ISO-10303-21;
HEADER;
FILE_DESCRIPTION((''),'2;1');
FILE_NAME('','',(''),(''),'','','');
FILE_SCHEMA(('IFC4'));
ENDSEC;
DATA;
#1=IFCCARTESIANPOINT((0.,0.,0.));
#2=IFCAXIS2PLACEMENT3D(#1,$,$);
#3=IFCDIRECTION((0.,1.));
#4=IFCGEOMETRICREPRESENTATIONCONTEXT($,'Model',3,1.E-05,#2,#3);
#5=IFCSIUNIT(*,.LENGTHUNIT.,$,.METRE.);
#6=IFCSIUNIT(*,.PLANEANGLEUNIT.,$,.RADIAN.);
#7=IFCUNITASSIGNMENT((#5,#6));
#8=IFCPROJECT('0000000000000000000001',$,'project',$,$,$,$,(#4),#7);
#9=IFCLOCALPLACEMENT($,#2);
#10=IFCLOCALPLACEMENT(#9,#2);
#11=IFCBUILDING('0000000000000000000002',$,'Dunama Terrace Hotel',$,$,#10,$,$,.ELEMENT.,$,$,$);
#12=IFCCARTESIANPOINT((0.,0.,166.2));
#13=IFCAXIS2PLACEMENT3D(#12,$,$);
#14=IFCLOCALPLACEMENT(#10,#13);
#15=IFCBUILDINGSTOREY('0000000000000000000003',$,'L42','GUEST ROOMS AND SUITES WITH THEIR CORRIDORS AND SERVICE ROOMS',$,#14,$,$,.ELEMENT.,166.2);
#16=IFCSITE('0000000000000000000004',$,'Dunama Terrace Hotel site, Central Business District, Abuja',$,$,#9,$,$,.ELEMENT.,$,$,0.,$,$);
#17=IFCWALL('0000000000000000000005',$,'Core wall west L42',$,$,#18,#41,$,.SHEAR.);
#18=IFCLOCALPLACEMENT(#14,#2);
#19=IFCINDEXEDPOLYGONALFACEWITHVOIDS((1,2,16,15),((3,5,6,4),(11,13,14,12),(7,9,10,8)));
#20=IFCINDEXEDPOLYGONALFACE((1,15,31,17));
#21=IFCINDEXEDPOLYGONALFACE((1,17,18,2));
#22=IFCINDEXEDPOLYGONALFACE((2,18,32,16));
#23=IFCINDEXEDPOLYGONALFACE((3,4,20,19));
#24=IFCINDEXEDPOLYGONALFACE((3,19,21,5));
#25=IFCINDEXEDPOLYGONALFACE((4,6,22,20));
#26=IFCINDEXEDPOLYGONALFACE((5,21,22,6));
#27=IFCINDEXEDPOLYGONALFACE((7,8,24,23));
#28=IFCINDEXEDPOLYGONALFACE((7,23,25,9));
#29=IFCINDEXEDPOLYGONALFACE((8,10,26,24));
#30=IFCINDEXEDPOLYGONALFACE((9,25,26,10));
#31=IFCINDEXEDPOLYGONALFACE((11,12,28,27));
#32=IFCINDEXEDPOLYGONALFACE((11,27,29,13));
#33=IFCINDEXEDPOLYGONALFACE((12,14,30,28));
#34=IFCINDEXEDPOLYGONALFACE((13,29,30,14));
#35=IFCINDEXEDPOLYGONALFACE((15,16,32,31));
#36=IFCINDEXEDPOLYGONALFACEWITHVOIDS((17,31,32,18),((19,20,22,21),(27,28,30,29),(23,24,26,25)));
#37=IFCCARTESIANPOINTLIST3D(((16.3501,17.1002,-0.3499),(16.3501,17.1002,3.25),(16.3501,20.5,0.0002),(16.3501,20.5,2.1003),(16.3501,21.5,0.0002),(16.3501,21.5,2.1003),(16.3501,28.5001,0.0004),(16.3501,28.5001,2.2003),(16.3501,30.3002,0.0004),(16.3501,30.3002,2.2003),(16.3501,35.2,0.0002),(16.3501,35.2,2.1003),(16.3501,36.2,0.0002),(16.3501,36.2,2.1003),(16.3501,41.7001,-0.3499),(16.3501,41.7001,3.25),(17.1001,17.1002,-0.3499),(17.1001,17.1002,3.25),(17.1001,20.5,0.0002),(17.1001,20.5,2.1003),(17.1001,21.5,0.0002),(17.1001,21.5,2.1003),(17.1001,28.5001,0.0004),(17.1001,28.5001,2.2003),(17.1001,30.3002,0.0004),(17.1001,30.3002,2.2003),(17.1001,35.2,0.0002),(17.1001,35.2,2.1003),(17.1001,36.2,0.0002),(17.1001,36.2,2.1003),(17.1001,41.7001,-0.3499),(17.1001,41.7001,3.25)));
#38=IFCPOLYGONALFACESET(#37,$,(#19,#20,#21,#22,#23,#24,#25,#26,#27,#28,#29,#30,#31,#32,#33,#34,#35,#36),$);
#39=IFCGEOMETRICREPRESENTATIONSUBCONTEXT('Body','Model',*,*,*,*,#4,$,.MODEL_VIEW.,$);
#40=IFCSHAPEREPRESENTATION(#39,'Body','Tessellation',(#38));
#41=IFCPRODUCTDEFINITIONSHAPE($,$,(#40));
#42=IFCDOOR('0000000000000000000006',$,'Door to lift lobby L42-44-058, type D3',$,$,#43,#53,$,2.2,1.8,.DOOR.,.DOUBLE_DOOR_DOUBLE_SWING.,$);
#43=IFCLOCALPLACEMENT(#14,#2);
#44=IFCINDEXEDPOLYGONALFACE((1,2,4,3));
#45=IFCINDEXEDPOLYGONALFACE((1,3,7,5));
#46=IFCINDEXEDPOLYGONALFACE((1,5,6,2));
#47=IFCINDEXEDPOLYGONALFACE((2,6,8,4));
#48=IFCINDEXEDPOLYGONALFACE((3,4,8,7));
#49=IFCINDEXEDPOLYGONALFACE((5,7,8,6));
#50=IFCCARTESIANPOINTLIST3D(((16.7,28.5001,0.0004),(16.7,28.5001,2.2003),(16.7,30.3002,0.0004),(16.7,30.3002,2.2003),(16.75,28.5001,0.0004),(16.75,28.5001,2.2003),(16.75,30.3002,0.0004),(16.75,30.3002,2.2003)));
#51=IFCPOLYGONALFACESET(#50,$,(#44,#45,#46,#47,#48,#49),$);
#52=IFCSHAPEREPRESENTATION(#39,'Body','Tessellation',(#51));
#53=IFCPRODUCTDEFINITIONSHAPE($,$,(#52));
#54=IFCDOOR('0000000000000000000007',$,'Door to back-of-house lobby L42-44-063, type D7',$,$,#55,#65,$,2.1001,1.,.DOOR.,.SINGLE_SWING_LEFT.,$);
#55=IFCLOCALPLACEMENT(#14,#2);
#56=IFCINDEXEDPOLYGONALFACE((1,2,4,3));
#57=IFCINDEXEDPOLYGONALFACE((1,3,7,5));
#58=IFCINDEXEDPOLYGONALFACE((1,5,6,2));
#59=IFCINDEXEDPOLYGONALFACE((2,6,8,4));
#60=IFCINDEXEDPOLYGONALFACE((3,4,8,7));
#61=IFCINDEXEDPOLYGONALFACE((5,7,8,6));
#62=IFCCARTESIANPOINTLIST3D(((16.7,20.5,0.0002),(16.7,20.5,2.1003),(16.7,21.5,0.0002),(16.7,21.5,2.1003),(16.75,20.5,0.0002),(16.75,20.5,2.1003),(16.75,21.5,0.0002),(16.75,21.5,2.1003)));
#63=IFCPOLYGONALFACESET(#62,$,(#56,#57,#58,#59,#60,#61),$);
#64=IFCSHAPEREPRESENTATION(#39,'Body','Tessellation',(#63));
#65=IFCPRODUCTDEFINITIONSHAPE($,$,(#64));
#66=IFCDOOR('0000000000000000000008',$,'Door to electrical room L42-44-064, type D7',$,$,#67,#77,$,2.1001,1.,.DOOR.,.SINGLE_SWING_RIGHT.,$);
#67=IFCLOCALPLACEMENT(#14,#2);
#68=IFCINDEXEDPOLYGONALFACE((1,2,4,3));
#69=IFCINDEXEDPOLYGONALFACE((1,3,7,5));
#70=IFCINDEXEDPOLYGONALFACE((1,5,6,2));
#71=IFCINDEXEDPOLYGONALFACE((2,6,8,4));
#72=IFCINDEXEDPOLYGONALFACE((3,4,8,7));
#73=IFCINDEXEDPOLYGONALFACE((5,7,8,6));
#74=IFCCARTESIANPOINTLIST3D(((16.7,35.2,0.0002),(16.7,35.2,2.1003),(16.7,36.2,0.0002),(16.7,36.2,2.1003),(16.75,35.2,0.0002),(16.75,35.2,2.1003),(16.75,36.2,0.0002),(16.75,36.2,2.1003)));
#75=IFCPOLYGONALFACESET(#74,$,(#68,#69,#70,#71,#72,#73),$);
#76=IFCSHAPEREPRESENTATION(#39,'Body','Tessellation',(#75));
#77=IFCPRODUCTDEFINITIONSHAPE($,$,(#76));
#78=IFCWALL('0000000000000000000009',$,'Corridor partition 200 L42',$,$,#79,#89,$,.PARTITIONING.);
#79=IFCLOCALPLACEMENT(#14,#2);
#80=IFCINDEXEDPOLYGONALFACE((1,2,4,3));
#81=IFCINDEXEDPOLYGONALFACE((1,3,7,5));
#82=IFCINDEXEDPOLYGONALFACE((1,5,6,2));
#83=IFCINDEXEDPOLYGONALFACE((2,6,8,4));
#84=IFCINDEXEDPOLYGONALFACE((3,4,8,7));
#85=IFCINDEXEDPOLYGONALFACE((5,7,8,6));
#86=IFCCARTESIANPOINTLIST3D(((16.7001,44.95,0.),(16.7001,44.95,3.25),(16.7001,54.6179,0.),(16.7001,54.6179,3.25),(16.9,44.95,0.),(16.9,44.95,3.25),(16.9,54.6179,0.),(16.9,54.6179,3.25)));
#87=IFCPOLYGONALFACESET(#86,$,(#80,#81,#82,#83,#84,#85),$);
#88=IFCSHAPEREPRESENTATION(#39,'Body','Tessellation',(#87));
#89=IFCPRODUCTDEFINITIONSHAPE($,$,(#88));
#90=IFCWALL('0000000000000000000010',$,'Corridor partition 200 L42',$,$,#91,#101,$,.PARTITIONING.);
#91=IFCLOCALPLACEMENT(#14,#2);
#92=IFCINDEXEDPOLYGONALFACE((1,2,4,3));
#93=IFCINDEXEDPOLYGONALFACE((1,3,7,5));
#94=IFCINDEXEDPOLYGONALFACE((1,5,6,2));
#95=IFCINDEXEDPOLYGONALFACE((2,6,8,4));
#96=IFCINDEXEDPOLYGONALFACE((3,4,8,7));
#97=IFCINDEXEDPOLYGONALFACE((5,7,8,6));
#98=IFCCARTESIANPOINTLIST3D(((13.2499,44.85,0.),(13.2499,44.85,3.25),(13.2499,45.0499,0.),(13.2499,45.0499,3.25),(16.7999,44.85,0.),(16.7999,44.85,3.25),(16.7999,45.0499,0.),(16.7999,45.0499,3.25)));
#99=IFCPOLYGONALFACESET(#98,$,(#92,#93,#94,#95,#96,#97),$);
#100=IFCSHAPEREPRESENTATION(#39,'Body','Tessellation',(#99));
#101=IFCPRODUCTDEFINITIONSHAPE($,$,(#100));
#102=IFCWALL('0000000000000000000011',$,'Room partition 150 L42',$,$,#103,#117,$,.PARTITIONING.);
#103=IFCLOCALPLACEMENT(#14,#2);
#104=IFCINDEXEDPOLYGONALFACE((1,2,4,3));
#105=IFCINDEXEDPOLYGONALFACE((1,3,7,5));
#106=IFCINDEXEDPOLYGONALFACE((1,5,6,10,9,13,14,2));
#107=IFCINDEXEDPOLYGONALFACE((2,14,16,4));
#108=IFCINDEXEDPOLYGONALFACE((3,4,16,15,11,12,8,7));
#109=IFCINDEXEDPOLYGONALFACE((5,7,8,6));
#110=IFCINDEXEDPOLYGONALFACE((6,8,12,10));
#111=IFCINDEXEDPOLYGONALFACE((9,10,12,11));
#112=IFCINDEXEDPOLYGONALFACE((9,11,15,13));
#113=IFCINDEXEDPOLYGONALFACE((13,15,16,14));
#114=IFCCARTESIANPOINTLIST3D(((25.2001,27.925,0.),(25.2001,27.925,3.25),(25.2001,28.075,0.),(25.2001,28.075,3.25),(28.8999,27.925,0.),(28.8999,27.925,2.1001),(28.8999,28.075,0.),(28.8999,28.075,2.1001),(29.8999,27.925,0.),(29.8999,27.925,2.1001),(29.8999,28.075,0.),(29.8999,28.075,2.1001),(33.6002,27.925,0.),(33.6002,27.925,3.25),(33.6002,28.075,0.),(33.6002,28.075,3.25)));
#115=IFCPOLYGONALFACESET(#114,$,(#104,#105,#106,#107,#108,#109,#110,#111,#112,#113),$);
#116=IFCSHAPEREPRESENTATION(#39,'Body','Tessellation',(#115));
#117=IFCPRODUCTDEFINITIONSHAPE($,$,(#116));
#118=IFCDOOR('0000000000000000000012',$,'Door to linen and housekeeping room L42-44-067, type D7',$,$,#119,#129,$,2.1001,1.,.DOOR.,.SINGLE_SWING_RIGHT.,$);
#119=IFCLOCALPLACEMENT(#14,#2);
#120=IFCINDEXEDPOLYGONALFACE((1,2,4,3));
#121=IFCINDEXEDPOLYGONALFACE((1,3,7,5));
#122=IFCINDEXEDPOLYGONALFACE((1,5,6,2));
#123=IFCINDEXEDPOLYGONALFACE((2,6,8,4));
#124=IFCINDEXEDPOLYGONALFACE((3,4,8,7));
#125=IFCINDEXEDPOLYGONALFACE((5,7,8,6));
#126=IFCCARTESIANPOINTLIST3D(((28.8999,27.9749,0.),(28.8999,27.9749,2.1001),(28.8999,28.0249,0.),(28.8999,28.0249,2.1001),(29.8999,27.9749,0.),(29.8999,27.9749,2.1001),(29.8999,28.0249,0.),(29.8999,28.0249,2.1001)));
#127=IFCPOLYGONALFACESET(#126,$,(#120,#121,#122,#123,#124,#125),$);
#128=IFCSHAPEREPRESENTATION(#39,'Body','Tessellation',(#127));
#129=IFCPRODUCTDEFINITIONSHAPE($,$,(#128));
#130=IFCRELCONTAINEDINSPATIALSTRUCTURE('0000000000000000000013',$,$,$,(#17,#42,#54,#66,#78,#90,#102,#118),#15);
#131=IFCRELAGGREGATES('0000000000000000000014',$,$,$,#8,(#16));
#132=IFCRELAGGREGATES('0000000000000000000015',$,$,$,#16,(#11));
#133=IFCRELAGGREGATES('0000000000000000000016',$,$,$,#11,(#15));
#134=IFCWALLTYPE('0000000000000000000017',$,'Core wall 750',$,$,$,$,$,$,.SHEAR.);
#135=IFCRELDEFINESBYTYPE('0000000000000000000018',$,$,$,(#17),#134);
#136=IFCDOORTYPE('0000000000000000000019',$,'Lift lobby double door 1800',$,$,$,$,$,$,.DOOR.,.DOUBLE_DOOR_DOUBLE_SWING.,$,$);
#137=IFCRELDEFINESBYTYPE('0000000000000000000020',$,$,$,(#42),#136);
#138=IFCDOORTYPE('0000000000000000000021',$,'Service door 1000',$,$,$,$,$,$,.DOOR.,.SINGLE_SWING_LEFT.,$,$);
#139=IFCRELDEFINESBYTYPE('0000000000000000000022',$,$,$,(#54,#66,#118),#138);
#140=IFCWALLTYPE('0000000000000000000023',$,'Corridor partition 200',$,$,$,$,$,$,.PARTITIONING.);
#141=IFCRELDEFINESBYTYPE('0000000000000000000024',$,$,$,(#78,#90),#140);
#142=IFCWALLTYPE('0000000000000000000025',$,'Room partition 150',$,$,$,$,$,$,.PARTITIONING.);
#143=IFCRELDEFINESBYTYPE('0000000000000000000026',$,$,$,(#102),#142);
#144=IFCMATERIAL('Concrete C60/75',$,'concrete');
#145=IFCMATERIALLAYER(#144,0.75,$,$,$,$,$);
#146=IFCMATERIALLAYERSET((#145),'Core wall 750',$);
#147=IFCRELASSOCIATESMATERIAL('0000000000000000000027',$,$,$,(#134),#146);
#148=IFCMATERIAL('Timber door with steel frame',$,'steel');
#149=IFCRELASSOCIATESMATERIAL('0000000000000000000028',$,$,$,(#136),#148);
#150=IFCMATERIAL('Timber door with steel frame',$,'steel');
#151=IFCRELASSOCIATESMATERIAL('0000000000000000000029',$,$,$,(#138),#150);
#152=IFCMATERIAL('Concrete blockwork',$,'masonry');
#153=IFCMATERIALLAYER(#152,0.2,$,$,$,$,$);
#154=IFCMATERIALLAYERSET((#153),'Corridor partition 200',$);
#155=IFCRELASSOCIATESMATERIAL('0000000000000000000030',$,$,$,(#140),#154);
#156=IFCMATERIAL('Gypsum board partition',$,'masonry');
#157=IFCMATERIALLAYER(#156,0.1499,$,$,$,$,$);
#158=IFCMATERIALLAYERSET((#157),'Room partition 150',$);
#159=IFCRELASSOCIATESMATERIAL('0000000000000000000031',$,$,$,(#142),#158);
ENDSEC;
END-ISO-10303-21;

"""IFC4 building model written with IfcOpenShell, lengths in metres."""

from ifc_helpers import new_model, si_unit, direction, frame, frame_2d, origin, place, context, subcontext, project, spatial, rectangle, extrude, material, layer, layer_set, type_object, element, fill, save


model = new_model("IFC4")

# Units and contexts
model_context = context("Model", 3, precision=1e-05, world=origin(), true_north=direction((0.0, 1.0)))
body_context = subcontext(model_context, "Body", "Model", "MODEL_VIEW")
ifc_project = project(units=[si_unit("LENGTHUNIT", "METRE"), si_unit("PLANEANGLEUNIT", "RADIAN")], contexts=[model_context])

# Site, building, storey
site_placement = place(None, origin())
site = spatial("IfcSite", under=ifc_project, at=site_placement, Name="Dunama Terrace Hotel site, Central Business District, Abuja", CompositionType="ELEMENT", RefElevation=0.0)
building_placement = place(site_placement, origin())
building = spatial("IfcBuilding", under=site, at=building_placement, Name="Dunama Terrace Hotel", CompositionType="ELEMENT")
storey_placement = place(building_placement, frame((0.0, 0.0, 166.2)))
storey = spatial("IfcBuildingStorey", under=building, at=storey_placement, Name="L42", Description="GUEST ROOMS AND SUITES WITH THEIR CORRIDORS AND SERVICE ROOMS", CompositionType="ELEMENT", Elevation=166.2)

# Wall, openings, doors
ifc_material_1 = material(Name="Concrete C60/75", Category="concrete")
ifc_layer_1 = layer(ifc_material_1, 0.75)
ifc_layer_set_1 = layer_set([ifc_layer_1], Name="Core wall 750")
wall_type_1 = type_object("IfcWallType", Name="Core wall 750", PredefinedType="SHEAR", material=ifc_layer_set_1)
wall_1_placement = place(storey_placement, frame((16.7251, 41.7, -0.3499), z_axis=(0.0, 0.0, 1.0), x_axis=(0.0, -1.0, 0.0)))
wall_1 = element("IfcWall", 1, at=wall_1_placement, inside=storey, type_object=wall_type_1, Name="Core wall west L42", PredefinedType="SHEAR", context=body_context, shape_type="SweptSolid", body=[
    extrude(rectangle(XDim=24.5999, YDim=0.75, at=frame_2d((12.2998, 0.0))), origin(), (0.0, 0.0, 1.0), 3.5999),
])
opening_1_placement = place(wall_1_placement, frame((11.3999, 0.0, 0.3501)))
opening_1 = element("IfcOpeningElement", 2, at=opening_1_placement, cuts=wall_1, PredefinedType="OPENING", context=body_context, shape_type="SweptSolid", body=[
    extrude(rectangle(XDim=1.8, YDim=2.2, at=frame_2d((0.8999, 1.1001))), frame((0.0, 0.385, 0.0), z_axis=(0.0, -1.0, 0.0), x_axis=(1.0, 0.0, 0.0)), (0.0, 0.0, 1.0), 0.77),
])
opening_2_placement = place(wall_1_placement, frame((20.2, 0.0, 0.3501)))
opening_2 = element("IfcOpeningElement", 3, at=opening_2_placement, cuts=wall_1, PredefinedType="OPENING", context=body_context, shape_type="SweptSolid", body=[
    extrude(rectangle(XDim=1.0, YDim=2.1001, at=frame_2d((0.5, 1.05))), frame((0.0, 0.385, 0.0), z_axis=(0.0, -1.0, 0.0), x_axis=(1.0, 0.0, 0.0)), (0.0, 0.0, 1.0), 0.77),
])
opening_3_placement = place(wall_1_placement, frame((5.5, 0.0, 0.3501)))
opening_3 = element("IfcOpeningElement", 4, at=opening_3_placement, cuts=wall_1, PredefinedType="OPENING", context=body_context, shape_type="SweptSolid", body=[
    extrude(rectangle(XDim=1.0, YDim=2.1001, at=frame_2d((0.5, 1.05))), frame((0.0, 0.385, 0.0), z_axis=(0.0, -1.0, 0.0), x_axis=(1.0, 0.0, 0.0)), (0.0, 0.0, 1.0), 0.77),
])
ifc_material_2 = material(Name="Timber door with steel frame", Category="steel")
door_type_1 = type_object("IfcDoorType", Name="Lift lobby double door 1800", OperationType="DOUBLE_DOOR_DOUBLE_SWING", PredefinedType="DOOR", material=ifc_material_2)
door_1_placement = place(opening_1_placement, origin())
door_1 = element("IfcDoor", 5, at=door_1_placement, inside=storey, type_object=door_type_1, Name="Door to lift lobby L42-44-058, type D3", OperationType="DOUBLE_DOOR_DOUBLE_SWING", OverallHeight=2.2, OverallWidth=1.8, PredefinedType="DOOR", context=body_context, shape_type="SweptSolid", body=[
    extrude(rectangle(XDim=1.8, YDim=2.2, at=frame_2d((0.8999, 1.1001))), frame((0.0, 0.0249, 0.0), z_axis=(0.0, -1.0, 0.0), x_axis=(1.0, 0.0, 0.0)), (0.0, 0.0, 1.0), 0.05),
])
fill(opening_1, door_1)
ifc_material_3 = material(Name="Timber door with steel frame", Category="steel")
door_type_2 = type_object("IfcDoorType", Name="Service door 1000", OperationType="SINGLE_SWING_LEFT", PredefinedType="DOOR", material=ifc_material_3)
door_2_placement = place(opening_2_placement, origin())
door_2 = element("IfcDoor", 6, at=door_2_placement, inside=storey, type_object=door_type_2, Name="Door to back-of-house lobby L42-44-063, type D7", OperationType="SINGLE_SWING_LEFT", OverallHeight=2.1001, OverallWidth=1.0, PredefinedType="DOOR", context=body_context, shape_type="SweptSolid", body=[
    extrude(rectangle(XDim=1.0, YDim=2.1001, at=frame_2d((0.5, 1.05))), frame((0.0, 0.0249, 0.0), z_axis=(0.0, -1.0, 0.0), x_axis=(1.0, 0.0, 0.0)), (0.0, 0.0, 1.0), 0.05),
])
fill(opening_2, door_2)
door_3_placement = place(opening_3_placement, origin())
door_3 = element("IfcDoor", 7, at=door_3_placement, inside=storey, type_object=door_type_2, Name="Door to electrical room L42-44-064, type D7", OperationType="SINGLE_SWING_RIGHT", OverallHeight=2.1001, OverallWidth=1.0, PredefinedType="DOOR", context=body_context, shape_type="SweptSolid", body=[
    extrude(rectangle(XDim=1.0, YDim=2.1001, at=frame_2d((0.5, 1.05))), frame((0.0, 0.0249, 0.0), z_axis=(0.0, -1.0, 0.0), x_axis=(1.0, 0.0, 0.0)), (0.0, 0.0, 1.0), 0.05),
])
fill(opening_3, door_3)

# Walls
ifc_material_4 = material(Name="Concrete blockwork", Category="masonry")
ifc_layer_2 = layer(ifc_material_4, 0.2)
ifc_layer_set_2 = layer_set([ifc_layer_2], Name="Corridor partition 200")
wall_type_2 = type_object("IfcWallType", Name="Corridor partition 200", PredefinedType="PARTITIONING", material=ifc_layer_set_2)
wall_2_placement = place(storey_placement, frame((16.8, 44.95, 0.0), z_axis=(0.0, 0.0, 1.0), x_axis=(0.0, 1.0, 0.0)))
element("IfcWall", 8, at=wall_2_placement, inside=storey, type_object=wall_type_2, Name="Corridor partition 200 L42", PredefinedType="PARTITIONING", context=body_context, shape_type="SweptSolid", body=[
    extrude(rectangle(XDim=9.668, YDim=0.2, at=frame_2d((4.834, 0.0))), origin(), (0.0, 0.0, 1.0), 3.25),
])
wall_3_placement = place(storey_placement, frame((13.25, 44.95, 0.0), z_axis=(0.0, 0.0, 1.0), x_axis=(1.0, 0.0, 0.0)))
element("IfcWall", 9, at=wall_3_placement, inside=storey, type_object=wall_type_2, Name="Corridor partition 200 L42", PredefinedType="PARTITIONING", context=body_context, shape_type="SweptSolid", body=[
    extrude(rectangle(XDim=3.55, YDim=0.2, at=frame_2d((1.7749, 0.0))), origin(), (0.0, 0.0, 1.0), 3.25),
])

# Wall, opening, door
ifc_material_5 = material(Name="Gypsum board partition", Category="masonry")
ifc_layer_3 = layer(ifc_material_5, 0.1499)
ifc_layer_set_3 = layer_set([ifc_layer_3], Name="Room partition 150")
wall_type_3 = type_object("IfcWallType", Name="Room partition 150", PredefinedType="PARTITIONING", material=ifc_layer_set_3)
wall_4_placement = place(storey_placement, frame((25.2, 28.0, 0.0), z_axis=(0.0, 0.0, 1.0), x_axis=(1.0, 0.0, 0.0)))
wall_4 = element("IfcWall", 10, at=wall_4_placement, inside=storey, type_object=wall_type_3, Name="Room partition 150 L42", PredefinedType="PARTITIONING", context=body_context, shape_type="SweptSolid", body=[
    extrude(rectangle(XDim=8.4001, YDim=0.1499, at=frame_2d((4.2002, 0.0))), origin(), (0.0, 0.0, 1.0), 3.25),
])
opening_4_placement = place(wall_4_placement, frame((3.7, 0.0, 0.0)))
opening_4 = element("IfcOpeningElement", 11, at=opening_4_placement, cuts=wall_4, PredefinedType="OPENING", context=body_context, shape_type="SweptSolid", body=[
    extrude(rectangle(XDim=1.0, YDim=2.1001, at=frame_2d((0.5, 1.05))), frame((0.0, 0.085, 0.0), z_axis=(0.0, -1.0, 0.0), x_axis=(1.0, 0.0, 0.0)), (0.0, 0.0, 1.0), 0.1699),
])
door_4_placement = place(opening_4_placement, frame((1.0, 0.0, 0.0), z_axis=(0.0, 0.0, 1.0), x_axis=(-1.0, 0.0, 0.0)))
door_4 = element("IfcDoor", 12, at=door_4_placement, inside=storey, type_object=door_type_2, Name="Door to linen and housekeeping room L42-44-067, type D7", OperationType="SINGLE_SWING_RIGHT", OverallHeight=2.1001, OverallWidth=1.0, PredefinedType="DOOR", context=body_context, shape_type="SweptSolid", body=[
    extrude(rectangle(XDim=1.0, YDim=2.1001, at=frame_2d((0.5, 1.05))), frame((0.0, 0.0251, 0.0), z_axis=(0.0, -1.0, 0.0), x_axis=(1.0, 0.0, 0.0)), (0.0, 0.0, 1.0), 0.05),
])
fill(opening_4, door_4)

save(model, "model.ifc")
